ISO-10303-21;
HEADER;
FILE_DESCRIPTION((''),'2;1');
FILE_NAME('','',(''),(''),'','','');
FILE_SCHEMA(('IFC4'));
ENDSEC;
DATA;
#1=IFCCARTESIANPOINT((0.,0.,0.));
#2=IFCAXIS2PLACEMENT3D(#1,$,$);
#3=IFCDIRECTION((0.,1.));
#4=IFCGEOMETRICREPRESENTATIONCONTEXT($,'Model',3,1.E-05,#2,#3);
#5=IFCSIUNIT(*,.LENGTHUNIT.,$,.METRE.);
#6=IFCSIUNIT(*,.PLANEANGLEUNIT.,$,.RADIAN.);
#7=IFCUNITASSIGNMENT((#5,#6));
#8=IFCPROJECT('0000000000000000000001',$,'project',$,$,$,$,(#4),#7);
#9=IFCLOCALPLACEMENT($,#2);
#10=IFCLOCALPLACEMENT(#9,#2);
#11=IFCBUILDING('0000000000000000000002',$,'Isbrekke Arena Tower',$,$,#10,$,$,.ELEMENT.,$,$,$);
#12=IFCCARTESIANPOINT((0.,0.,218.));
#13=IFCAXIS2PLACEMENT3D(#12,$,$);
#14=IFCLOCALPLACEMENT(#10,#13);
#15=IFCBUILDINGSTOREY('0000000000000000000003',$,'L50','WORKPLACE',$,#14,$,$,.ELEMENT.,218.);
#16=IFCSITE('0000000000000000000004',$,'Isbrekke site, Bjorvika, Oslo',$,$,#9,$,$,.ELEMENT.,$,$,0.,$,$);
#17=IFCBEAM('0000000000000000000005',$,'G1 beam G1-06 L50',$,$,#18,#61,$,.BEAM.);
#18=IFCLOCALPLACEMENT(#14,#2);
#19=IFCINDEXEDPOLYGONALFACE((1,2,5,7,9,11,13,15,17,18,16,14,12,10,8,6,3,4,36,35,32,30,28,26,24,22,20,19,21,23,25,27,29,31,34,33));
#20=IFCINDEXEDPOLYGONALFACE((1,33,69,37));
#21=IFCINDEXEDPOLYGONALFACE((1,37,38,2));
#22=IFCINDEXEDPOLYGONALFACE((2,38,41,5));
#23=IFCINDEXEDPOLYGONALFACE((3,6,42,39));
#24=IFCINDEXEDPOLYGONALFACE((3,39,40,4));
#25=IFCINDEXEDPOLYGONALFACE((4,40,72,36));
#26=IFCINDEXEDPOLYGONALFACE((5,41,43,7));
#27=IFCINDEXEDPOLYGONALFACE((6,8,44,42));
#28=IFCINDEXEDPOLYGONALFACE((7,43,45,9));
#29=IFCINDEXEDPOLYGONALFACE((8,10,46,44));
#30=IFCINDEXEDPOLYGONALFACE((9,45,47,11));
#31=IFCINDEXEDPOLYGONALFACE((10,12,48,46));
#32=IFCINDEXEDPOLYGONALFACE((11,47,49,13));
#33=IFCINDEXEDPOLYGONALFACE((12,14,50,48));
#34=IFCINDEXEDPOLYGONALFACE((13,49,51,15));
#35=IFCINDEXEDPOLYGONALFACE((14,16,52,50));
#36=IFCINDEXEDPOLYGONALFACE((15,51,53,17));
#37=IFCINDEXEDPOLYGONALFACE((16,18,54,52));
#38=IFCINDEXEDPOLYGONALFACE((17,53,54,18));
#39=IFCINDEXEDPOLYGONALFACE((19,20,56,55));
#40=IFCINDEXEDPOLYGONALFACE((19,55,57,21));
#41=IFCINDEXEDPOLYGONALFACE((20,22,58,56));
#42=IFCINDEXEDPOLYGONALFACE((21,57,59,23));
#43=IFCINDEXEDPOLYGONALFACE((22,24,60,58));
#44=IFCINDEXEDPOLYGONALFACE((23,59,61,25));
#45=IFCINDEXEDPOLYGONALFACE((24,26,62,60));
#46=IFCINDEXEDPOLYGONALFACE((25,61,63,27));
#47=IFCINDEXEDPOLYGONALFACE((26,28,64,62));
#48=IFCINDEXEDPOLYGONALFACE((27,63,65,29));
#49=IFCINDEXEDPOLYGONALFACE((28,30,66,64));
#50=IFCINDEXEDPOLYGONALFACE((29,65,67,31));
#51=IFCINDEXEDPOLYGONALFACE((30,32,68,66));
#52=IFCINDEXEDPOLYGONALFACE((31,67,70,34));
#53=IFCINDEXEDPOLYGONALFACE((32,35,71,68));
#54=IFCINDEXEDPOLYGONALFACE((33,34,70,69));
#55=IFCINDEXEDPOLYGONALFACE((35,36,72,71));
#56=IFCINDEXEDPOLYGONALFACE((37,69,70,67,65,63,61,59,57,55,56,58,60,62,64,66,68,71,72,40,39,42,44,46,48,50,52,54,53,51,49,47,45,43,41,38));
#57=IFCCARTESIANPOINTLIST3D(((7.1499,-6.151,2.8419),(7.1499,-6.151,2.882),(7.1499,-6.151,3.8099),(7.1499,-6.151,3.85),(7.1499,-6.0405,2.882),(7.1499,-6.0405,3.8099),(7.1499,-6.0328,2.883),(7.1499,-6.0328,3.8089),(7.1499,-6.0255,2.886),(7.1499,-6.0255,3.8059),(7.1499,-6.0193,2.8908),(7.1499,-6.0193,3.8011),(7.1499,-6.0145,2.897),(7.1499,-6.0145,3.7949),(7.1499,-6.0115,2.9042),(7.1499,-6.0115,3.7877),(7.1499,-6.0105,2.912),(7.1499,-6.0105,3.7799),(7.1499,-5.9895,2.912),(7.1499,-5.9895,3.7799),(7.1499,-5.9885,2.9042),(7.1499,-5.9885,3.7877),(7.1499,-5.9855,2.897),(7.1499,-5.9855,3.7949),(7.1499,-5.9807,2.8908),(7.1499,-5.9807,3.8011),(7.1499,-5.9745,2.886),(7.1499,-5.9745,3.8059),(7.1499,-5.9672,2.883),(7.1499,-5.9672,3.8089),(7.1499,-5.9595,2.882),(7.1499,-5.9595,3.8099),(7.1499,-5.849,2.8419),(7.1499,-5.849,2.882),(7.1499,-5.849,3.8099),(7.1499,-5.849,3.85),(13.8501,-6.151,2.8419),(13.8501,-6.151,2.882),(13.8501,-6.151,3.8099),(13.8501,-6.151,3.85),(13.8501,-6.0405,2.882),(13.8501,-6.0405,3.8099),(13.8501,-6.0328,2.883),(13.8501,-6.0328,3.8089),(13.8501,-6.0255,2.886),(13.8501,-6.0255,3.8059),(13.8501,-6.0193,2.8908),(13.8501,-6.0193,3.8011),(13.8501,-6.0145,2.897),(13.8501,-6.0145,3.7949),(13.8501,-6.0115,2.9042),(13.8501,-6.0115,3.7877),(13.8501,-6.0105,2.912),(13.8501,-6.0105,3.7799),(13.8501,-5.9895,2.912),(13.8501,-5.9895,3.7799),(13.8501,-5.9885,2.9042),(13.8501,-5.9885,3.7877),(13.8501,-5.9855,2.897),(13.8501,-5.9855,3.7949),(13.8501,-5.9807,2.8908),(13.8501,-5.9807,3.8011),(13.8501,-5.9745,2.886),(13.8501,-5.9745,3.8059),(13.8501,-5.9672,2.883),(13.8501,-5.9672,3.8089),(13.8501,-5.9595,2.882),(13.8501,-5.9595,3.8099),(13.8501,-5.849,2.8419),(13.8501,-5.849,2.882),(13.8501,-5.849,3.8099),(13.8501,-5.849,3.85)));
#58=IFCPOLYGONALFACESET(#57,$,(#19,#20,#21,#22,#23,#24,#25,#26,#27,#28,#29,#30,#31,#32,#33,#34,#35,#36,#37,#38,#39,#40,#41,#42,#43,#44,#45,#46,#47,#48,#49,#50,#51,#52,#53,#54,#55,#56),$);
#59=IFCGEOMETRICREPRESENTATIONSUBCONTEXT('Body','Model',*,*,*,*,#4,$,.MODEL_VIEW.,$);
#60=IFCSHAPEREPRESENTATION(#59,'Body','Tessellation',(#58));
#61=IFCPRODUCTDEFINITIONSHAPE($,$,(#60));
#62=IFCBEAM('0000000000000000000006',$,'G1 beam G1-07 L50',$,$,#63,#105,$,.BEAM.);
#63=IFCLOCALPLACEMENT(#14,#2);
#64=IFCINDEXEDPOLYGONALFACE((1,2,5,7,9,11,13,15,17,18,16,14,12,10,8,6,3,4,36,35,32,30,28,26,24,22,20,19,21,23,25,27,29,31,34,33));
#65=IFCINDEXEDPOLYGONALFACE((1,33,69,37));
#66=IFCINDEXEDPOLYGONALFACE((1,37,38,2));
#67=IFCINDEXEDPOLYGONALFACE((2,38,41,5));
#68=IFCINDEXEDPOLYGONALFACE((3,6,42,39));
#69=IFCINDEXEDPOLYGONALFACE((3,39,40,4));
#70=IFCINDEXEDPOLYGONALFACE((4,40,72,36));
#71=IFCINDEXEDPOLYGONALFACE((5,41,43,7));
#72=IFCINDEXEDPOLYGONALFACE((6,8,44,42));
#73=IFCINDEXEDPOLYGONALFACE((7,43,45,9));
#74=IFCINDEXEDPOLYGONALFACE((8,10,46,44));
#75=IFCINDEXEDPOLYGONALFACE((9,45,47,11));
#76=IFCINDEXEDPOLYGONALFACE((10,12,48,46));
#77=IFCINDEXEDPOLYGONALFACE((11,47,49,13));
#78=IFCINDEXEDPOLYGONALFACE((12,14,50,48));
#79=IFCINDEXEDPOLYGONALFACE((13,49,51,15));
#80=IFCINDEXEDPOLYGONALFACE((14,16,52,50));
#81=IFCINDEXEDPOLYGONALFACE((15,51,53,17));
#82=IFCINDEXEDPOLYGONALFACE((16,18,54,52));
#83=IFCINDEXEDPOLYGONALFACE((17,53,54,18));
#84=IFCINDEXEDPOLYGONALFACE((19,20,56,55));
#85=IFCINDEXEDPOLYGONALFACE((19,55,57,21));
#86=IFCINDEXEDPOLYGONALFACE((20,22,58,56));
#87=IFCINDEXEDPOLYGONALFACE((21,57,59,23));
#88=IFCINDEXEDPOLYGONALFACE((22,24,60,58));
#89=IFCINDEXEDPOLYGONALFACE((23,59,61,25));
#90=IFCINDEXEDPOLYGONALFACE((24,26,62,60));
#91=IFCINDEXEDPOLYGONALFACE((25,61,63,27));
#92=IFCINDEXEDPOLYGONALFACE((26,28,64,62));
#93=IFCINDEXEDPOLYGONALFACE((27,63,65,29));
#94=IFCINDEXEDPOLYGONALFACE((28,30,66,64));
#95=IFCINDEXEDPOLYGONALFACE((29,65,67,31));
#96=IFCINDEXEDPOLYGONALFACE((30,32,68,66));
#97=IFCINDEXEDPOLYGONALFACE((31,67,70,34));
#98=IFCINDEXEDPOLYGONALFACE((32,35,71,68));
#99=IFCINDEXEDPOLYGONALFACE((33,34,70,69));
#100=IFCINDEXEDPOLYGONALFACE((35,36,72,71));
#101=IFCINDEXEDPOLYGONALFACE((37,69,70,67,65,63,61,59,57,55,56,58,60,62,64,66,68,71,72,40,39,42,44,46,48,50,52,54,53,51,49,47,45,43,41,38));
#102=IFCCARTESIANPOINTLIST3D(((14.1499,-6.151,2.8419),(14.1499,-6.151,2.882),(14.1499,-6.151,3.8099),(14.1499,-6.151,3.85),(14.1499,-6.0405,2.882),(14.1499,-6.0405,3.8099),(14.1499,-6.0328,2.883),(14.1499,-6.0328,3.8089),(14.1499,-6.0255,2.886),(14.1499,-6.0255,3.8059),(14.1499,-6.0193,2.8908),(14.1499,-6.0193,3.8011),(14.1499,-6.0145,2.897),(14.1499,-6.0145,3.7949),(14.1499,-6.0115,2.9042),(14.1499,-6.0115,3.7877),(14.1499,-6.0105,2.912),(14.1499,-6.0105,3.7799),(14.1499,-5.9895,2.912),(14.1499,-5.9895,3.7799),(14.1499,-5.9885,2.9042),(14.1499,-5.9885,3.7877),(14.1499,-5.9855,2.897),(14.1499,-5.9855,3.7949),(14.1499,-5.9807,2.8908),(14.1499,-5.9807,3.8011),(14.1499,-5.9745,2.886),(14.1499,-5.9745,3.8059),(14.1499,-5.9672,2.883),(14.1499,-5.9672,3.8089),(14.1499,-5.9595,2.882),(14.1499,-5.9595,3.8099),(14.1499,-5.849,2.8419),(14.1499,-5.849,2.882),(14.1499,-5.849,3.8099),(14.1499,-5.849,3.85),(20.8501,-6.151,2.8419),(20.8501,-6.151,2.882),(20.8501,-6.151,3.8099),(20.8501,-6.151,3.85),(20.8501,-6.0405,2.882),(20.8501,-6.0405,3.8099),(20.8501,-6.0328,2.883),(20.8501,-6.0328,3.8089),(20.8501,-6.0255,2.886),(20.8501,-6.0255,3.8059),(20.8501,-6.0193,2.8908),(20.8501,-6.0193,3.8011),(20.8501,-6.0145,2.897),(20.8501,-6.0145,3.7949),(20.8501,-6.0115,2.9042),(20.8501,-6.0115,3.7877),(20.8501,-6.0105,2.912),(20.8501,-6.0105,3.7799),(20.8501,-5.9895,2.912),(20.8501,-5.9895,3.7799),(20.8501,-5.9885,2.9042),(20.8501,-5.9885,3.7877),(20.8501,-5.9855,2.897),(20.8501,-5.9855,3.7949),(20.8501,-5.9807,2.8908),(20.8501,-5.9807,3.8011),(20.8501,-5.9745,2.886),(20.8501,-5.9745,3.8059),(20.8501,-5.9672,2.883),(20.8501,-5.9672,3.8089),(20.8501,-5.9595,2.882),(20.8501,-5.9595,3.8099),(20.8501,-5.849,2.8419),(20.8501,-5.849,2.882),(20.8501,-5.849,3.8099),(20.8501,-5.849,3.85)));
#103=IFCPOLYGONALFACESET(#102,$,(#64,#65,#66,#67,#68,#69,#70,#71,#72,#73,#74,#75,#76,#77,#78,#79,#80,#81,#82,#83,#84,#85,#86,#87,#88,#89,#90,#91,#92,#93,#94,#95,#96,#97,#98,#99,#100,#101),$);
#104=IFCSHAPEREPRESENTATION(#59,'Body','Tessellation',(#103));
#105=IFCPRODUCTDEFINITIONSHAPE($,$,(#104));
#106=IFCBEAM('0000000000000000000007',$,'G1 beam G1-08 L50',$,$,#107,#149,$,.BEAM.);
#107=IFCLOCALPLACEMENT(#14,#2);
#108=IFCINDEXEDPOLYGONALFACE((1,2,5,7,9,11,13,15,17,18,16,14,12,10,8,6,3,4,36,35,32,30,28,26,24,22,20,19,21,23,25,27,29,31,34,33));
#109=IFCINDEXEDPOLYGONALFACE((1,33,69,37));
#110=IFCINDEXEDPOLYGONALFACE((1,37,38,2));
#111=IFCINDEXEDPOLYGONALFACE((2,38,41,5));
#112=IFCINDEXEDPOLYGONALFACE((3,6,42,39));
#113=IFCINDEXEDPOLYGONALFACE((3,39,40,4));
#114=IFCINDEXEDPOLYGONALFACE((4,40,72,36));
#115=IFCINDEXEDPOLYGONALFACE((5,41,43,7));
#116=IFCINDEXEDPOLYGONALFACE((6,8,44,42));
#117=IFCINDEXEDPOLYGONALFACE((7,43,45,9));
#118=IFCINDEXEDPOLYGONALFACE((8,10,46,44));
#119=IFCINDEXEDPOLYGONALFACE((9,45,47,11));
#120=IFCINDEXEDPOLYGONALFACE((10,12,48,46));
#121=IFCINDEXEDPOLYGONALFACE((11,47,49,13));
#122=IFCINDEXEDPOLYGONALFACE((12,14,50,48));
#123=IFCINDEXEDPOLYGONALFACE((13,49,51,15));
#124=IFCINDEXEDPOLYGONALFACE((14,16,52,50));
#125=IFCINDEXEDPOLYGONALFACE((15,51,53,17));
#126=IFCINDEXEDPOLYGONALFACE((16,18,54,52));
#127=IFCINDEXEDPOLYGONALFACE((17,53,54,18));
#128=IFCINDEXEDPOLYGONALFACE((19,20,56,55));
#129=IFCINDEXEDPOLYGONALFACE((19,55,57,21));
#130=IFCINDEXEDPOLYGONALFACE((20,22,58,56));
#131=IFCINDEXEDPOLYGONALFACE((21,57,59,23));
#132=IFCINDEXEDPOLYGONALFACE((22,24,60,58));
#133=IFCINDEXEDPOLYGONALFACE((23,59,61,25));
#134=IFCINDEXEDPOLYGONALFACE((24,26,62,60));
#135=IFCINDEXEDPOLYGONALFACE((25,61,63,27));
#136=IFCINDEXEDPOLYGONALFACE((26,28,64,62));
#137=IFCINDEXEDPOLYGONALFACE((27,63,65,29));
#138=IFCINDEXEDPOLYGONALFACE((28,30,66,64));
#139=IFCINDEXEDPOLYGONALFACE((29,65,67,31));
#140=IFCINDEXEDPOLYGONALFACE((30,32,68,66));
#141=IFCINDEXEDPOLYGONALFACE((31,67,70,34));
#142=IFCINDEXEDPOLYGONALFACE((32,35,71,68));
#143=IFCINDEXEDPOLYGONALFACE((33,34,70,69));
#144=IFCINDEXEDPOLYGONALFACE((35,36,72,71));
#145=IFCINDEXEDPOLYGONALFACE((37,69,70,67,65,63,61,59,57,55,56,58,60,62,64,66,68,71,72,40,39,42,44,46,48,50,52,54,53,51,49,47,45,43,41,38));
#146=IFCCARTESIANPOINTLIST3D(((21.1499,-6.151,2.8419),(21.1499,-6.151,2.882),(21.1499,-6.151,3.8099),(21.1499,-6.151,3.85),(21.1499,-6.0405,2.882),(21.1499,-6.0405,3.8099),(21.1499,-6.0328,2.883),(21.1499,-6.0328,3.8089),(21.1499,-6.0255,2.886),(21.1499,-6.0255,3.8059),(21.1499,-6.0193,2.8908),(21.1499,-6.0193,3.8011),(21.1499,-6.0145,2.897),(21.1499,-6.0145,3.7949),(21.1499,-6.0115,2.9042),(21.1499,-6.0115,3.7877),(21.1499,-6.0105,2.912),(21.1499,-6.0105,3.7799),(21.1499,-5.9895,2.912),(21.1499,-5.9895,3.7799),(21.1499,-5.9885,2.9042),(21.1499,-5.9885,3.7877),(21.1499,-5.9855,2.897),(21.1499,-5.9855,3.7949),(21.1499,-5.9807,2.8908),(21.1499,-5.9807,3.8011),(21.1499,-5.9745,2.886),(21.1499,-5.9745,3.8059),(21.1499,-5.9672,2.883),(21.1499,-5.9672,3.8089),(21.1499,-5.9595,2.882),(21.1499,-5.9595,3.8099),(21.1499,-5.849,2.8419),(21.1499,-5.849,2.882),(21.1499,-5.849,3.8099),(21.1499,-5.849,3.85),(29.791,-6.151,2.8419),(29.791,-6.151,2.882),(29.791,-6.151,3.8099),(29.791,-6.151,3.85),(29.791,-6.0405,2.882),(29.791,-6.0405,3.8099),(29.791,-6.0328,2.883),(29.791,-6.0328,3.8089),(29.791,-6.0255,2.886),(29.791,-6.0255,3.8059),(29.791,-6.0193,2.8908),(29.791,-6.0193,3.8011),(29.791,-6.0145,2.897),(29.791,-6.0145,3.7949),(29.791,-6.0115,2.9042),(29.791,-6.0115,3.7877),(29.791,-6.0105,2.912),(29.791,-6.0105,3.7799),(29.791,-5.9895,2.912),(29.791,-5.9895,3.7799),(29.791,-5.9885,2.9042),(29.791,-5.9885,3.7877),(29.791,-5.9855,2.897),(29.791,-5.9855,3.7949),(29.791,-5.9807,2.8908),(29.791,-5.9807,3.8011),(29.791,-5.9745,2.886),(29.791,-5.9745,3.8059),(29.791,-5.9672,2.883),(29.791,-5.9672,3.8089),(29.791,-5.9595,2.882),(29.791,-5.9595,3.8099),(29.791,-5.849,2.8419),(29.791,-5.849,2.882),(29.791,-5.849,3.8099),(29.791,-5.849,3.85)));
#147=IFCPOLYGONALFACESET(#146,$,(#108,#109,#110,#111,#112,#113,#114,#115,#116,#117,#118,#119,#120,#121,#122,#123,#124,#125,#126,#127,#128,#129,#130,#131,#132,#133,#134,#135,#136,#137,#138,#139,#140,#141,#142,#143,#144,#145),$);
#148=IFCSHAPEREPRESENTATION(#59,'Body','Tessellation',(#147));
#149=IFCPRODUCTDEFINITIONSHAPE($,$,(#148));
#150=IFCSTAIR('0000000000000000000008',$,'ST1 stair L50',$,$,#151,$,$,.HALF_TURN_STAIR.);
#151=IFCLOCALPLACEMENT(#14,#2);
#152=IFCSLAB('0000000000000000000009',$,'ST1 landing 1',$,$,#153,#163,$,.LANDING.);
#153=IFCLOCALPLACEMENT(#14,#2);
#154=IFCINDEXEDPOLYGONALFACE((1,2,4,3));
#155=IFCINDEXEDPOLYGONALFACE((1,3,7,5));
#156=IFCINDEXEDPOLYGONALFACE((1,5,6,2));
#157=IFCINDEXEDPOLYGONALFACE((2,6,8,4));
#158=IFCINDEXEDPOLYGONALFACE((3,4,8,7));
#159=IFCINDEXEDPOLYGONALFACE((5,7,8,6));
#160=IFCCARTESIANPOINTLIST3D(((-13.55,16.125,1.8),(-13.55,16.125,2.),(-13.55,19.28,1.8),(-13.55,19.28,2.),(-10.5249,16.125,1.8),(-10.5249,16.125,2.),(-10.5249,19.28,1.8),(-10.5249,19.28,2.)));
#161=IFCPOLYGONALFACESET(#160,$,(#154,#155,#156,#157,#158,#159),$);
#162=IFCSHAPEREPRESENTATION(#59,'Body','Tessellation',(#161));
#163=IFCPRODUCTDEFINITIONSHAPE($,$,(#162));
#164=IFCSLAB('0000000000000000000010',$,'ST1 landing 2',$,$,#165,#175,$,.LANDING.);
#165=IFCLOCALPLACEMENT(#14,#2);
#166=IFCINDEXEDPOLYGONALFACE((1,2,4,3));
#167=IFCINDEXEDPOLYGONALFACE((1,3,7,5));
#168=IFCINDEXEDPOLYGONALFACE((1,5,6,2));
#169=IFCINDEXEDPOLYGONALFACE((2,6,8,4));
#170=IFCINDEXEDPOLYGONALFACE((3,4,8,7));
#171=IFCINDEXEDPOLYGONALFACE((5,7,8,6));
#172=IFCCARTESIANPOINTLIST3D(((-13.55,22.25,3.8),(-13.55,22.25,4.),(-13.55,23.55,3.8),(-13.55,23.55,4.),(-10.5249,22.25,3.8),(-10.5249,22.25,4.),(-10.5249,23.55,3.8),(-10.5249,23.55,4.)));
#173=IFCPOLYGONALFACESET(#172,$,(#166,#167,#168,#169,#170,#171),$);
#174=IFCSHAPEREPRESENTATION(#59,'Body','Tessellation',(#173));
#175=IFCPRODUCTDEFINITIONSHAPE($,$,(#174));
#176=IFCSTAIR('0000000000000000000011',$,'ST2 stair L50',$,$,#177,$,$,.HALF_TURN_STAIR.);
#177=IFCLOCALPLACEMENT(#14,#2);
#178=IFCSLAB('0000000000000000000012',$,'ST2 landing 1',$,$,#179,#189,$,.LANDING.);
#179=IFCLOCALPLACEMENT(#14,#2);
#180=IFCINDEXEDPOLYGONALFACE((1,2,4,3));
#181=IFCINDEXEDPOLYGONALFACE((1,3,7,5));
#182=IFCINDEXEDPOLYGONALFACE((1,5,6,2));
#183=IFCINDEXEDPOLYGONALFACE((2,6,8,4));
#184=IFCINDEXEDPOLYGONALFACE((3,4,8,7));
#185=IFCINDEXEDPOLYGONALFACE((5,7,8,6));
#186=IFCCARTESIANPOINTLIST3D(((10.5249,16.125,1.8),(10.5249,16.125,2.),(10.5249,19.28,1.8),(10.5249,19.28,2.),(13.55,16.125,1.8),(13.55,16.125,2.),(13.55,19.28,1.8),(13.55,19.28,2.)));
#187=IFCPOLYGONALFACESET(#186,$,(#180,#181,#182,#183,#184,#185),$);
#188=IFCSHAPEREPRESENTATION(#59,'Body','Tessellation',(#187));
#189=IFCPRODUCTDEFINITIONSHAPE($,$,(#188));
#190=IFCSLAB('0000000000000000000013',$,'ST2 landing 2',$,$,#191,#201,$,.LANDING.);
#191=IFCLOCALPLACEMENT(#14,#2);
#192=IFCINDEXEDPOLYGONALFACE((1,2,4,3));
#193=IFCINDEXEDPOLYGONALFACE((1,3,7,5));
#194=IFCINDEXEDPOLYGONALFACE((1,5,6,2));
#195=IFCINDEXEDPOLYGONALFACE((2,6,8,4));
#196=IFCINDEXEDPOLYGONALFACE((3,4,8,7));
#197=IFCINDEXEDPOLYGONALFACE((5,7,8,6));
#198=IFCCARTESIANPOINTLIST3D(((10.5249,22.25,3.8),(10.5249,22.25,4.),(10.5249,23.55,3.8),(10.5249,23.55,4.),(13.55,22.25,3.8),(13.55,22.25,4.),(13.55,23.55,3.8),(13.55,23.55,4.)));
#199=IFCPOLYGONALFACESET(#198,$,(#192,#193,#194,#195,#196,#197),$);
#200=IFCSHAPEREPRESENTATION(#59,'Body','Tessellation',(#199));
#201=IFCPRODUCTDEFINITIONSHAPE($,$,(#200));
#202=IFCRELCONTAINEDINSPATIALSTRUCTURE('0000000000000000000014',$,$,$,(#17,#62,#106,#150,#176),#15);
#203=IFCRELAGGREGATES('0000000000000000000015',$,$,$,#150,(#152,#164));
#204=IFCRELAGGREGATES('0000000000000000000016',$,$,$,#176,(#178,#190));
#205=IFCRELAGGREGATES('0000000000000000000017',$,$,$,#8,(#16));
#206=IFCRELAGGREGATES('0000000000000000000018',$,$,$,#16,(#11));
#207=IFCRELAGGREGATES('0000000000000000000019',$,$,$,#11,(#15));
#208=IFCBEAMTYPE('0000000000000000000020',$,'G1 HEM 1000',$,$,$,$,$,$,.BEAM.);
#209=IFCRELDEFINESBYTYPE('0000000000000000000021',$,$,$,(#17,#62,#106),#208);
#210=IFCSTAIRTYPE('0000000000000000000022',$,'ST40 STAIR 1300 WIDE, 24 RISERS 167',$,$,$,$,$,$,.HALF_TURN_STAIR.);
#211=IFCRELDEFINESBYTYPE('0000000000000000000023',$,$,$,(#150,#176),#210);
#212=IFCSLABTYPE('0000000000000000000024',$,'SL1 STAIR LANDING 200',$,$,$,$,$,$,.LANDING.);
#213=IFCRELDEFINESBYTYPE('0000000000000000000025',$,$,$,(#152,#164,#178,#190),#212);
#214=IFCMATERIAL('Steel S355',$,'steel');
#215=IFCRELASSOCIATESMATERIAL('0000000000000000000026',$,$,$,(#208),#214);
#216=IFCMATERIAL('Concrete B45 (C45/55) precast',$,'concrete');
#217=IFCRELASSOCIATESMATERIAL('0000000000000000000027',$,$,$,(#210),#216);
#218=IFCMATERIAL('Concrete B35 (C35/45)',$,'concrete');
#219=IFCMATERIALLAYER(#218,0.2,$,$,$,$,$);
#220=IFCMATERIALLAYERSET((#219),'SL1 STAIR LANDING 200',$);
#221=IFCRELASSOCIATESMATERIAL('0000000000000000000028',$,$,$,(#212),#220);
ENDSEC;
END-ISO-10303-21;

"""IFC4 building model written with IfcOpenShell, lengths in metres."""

from ifc_helpers import new_model, si_unit, direction, frame, origin, origin_2d, place, context, subcontext, project, spatial, polyline, i_section, outline, extrude, material, layer, layer_set, material_profile, profile_set, type_object, element, aggregate, save


model = new_model("IFC4")

# Units and contexts
model_context = context("Model", 3, precision=1e-05, world=origin(), true_north=direction((0.0, 1.0)))
body_context = subcontext(model_context, "Body", "Model", "MODEL_VIEW")
ifc_project = project(units=[si_unit("LENGTHUNIT", "METRE"), si_unit("PLANEANGLEUNIT", "RADIAN")], contexts=[model_context])

# Site, building, storey
site_placement = place(None, origin())
site = spatial("IfcSite", under=ifc_project, at=site_placement, Name="Isbrekke site, Bjorvika, Oslo", CompositionType="ELEMENT", RefElevation=0.0)
building_placement = place(site_placement, origin())
building = spatial("IfcBuilding", under=site, at=building_placement, Name="Isbrekke Arena Tower", CompositionType="ELEMENT")
storey_placement = place(building_placement, frame((0.0, 0.0, 218.0)))
storey = spatial("IfcBuildingStorey", under=building, at=storey_placement, Name="L50", Description="WORKPLACE", CompositionType="ELEMENT", Elevation=218.0)

# Beams
ifc_material_1 = material(Name="Steel S355", Category="steel")
ifc_material_profile_1 = material_profile(ifc_material_1, i_section(OverallWidth=0.302, OverallDepth=1.0081, WebThickness=0.021, FlangeThickness=0.04, FilletRadius=0.03, at=origin_2d()), Name="HEM 1000")
ifc_profile_set_1 = profile_set([ifc_material_profile_1], Name="Steel S355")
beam_type_1 = type_object("IfcBeamType", Name="G1 HEM 1000", PredefinedType="BEAM", material=ifc_profile_set_1)
for number, where, z_axis, x_axis, name in (
    (1, (7.1499, -6.0, 3.3459), (1.0, 0.0, 0.0), (0.0, 1.0, 0.0), "G1 beam G1-06 L50"),
    (2, (14.1499, -6.0, 3.3459), (1.0, 0.0, 0.0), (0.0, 1.0, 0.0), "G1 beam G1-07 L50"),
):
    element("IfcBeam", number, at=place(storey_placement, frame(where, z_axis=z_axis, x_axis=x_axis)), inside=storey, type_object=beam_type_1, Name=name, PredefinedType="BEAM", context=body_context, shape_type="SweptSolid", body=[
        extrude(i_section(OverallWidth=0.302, OverallDepth=1.0081, WebThickness=0.021, FlangeThickness=0.04, FilletRadius=0.03, at=origin_2d()), origin(), (0.0, 0.0, 1.0), 6.7002),
    ])
beam_1_placement = place(storey_placement, frame((21.1499, -6.0, 3.3459), z_axis=(1.0, 0.0, 0.0), x_axis=(0.0, 1.0, 0.0)))
element("IfcBeam", 3, at=beam_1_placement, inside=storey, type_object=beam_type_1, Name="G1 beam G1-08 L50", PredefinedType="BEAM", context=body_context, shape_type="SweptSolid", body=[
    extrude(i_section(OverallWidth=0.302, OverallDepth=1.0081, WebThickness=0.021, FlangeThickness=0.04, FilletRadius=0.03, at=origin_2d()), origin(), (0.0, 0.0, 1.0), 8.6411),
])

# Stairs, slabs
ifc_material_2 = material(Name="Concrete B45 (C45/55) precast", Category="concrete")
stair_type = type_object("IfcStairType", Name="ST40 STAIR 1300 WIDE, 24 RISERS 167", PredefinedType="HALF_TURN_STAIR", material=ifc_material_2)
stair_1_placement = place(storey_placement, origin())
stair_1 = element("IfcStair", 4, at=stair_1_placement, inside=storey, type_object=stair_type, Name="ST1 stair L50", PredefinedType="HALF_TURN_STAIR")
ifc_material_3 = material(Name="Concrete B35 (C35/45)", Category="concrete")
ifc_layer_1 = layer(ifc_material_3, 0.2)
ifc_layer_set_1 = layer_set([ifc_layer_1], Name="SL1 STAIR LANDING 200")
slab_type = type_object("IfcSlabType", Name="SL1 STAIR LANDING 200", PredefinedType="LANDING", material=ifc_layer_set_1)
slab_1_placement = place(storey_placement, frame((0.0, 0.0, 1.8)))
slab_1 = element("IfcSlab", 5, at=slab_1_placement, type_object=slab_type, Name="ST1 landing 1", PredefinedType="LANDING", context=body_context, shape_type="SweptSolid", body=[
    extrude(outline(polyline([(-13.55, 16.125), (-10.5249, 16.125), (-10.5249, 19.28), (-13.55, 19.28), (-13.55, 16.125)])), origin(), (0.0, 0.0, 1.0), 0.2),
])
slab_2_placement = place(storey_placement, frame((0.0, 0.0, 3.8)))
slab_2 = element("IfcSlab", 6, at=slab_2_placement, type_object=slab_type, Name="ST1 landing 2", PredefinedType="LANDING", context=body_context, shape_type="SweptSolid", body=[
    extrude(outline(polyline([(-13.55, 22.25), (-10.5249, 22.25), (-10.5249, 23.55), (-13.55, 23.55), (-13.55, 22.25)])), origin(), (0.0, 0.0, 1.0), 0.2),
])
aggregate(stair_1, [slab_1, slab_2])
stair_2_placement = place(storey_placement, origin())
stair_2 = element("IfcStair", 7, at=stair_2_placement, inside=storey, type_object=stair_type, Name="ST2 stair L50", PredefinedType="HALF_TURN_STAIR")
slab_3_placement = place(storey_placement, frame((0.0, 0.0, 1.8)))
slab_3 = element("IfcSlab", 8, at=slab_3_placement, type_object=slab_type, Name="ST2 landing 1", PredefinedType="LANDING", context=body_context, shape_type="SweptSolid", body=[
    extrude(outline(polyline([(10.5249, 16.125), (13.55, 16.125), (13.55, 19.28), (10.5249, 19.28), (10.5249, 16.125)])), origin(), (0.0, 0.0, 1.0), 0.2),
])
slab_4_placement = place(storey_placement, frame((0.0, 0.0, 3.8)))
slab_4 = element("IfcSlab", 9, at=slab_4_placement, type_object=slab_type, Name="ST2 landing 2", PredefinedType="LANDING", context=body_context, shape_type="SweptSolid", body=[
    extrude(outline(polyline([(10.5249, 22.25), (13.55, 22.25), (13.55, 23.55), (10.5249, 23.55), (10.5249, 22.25)])), origin(), (0.0, 0.0, 1.0), 0.2),
])
aggregate(stair_2, [slab_3, slab_4])

save(model, "model.ifc")
